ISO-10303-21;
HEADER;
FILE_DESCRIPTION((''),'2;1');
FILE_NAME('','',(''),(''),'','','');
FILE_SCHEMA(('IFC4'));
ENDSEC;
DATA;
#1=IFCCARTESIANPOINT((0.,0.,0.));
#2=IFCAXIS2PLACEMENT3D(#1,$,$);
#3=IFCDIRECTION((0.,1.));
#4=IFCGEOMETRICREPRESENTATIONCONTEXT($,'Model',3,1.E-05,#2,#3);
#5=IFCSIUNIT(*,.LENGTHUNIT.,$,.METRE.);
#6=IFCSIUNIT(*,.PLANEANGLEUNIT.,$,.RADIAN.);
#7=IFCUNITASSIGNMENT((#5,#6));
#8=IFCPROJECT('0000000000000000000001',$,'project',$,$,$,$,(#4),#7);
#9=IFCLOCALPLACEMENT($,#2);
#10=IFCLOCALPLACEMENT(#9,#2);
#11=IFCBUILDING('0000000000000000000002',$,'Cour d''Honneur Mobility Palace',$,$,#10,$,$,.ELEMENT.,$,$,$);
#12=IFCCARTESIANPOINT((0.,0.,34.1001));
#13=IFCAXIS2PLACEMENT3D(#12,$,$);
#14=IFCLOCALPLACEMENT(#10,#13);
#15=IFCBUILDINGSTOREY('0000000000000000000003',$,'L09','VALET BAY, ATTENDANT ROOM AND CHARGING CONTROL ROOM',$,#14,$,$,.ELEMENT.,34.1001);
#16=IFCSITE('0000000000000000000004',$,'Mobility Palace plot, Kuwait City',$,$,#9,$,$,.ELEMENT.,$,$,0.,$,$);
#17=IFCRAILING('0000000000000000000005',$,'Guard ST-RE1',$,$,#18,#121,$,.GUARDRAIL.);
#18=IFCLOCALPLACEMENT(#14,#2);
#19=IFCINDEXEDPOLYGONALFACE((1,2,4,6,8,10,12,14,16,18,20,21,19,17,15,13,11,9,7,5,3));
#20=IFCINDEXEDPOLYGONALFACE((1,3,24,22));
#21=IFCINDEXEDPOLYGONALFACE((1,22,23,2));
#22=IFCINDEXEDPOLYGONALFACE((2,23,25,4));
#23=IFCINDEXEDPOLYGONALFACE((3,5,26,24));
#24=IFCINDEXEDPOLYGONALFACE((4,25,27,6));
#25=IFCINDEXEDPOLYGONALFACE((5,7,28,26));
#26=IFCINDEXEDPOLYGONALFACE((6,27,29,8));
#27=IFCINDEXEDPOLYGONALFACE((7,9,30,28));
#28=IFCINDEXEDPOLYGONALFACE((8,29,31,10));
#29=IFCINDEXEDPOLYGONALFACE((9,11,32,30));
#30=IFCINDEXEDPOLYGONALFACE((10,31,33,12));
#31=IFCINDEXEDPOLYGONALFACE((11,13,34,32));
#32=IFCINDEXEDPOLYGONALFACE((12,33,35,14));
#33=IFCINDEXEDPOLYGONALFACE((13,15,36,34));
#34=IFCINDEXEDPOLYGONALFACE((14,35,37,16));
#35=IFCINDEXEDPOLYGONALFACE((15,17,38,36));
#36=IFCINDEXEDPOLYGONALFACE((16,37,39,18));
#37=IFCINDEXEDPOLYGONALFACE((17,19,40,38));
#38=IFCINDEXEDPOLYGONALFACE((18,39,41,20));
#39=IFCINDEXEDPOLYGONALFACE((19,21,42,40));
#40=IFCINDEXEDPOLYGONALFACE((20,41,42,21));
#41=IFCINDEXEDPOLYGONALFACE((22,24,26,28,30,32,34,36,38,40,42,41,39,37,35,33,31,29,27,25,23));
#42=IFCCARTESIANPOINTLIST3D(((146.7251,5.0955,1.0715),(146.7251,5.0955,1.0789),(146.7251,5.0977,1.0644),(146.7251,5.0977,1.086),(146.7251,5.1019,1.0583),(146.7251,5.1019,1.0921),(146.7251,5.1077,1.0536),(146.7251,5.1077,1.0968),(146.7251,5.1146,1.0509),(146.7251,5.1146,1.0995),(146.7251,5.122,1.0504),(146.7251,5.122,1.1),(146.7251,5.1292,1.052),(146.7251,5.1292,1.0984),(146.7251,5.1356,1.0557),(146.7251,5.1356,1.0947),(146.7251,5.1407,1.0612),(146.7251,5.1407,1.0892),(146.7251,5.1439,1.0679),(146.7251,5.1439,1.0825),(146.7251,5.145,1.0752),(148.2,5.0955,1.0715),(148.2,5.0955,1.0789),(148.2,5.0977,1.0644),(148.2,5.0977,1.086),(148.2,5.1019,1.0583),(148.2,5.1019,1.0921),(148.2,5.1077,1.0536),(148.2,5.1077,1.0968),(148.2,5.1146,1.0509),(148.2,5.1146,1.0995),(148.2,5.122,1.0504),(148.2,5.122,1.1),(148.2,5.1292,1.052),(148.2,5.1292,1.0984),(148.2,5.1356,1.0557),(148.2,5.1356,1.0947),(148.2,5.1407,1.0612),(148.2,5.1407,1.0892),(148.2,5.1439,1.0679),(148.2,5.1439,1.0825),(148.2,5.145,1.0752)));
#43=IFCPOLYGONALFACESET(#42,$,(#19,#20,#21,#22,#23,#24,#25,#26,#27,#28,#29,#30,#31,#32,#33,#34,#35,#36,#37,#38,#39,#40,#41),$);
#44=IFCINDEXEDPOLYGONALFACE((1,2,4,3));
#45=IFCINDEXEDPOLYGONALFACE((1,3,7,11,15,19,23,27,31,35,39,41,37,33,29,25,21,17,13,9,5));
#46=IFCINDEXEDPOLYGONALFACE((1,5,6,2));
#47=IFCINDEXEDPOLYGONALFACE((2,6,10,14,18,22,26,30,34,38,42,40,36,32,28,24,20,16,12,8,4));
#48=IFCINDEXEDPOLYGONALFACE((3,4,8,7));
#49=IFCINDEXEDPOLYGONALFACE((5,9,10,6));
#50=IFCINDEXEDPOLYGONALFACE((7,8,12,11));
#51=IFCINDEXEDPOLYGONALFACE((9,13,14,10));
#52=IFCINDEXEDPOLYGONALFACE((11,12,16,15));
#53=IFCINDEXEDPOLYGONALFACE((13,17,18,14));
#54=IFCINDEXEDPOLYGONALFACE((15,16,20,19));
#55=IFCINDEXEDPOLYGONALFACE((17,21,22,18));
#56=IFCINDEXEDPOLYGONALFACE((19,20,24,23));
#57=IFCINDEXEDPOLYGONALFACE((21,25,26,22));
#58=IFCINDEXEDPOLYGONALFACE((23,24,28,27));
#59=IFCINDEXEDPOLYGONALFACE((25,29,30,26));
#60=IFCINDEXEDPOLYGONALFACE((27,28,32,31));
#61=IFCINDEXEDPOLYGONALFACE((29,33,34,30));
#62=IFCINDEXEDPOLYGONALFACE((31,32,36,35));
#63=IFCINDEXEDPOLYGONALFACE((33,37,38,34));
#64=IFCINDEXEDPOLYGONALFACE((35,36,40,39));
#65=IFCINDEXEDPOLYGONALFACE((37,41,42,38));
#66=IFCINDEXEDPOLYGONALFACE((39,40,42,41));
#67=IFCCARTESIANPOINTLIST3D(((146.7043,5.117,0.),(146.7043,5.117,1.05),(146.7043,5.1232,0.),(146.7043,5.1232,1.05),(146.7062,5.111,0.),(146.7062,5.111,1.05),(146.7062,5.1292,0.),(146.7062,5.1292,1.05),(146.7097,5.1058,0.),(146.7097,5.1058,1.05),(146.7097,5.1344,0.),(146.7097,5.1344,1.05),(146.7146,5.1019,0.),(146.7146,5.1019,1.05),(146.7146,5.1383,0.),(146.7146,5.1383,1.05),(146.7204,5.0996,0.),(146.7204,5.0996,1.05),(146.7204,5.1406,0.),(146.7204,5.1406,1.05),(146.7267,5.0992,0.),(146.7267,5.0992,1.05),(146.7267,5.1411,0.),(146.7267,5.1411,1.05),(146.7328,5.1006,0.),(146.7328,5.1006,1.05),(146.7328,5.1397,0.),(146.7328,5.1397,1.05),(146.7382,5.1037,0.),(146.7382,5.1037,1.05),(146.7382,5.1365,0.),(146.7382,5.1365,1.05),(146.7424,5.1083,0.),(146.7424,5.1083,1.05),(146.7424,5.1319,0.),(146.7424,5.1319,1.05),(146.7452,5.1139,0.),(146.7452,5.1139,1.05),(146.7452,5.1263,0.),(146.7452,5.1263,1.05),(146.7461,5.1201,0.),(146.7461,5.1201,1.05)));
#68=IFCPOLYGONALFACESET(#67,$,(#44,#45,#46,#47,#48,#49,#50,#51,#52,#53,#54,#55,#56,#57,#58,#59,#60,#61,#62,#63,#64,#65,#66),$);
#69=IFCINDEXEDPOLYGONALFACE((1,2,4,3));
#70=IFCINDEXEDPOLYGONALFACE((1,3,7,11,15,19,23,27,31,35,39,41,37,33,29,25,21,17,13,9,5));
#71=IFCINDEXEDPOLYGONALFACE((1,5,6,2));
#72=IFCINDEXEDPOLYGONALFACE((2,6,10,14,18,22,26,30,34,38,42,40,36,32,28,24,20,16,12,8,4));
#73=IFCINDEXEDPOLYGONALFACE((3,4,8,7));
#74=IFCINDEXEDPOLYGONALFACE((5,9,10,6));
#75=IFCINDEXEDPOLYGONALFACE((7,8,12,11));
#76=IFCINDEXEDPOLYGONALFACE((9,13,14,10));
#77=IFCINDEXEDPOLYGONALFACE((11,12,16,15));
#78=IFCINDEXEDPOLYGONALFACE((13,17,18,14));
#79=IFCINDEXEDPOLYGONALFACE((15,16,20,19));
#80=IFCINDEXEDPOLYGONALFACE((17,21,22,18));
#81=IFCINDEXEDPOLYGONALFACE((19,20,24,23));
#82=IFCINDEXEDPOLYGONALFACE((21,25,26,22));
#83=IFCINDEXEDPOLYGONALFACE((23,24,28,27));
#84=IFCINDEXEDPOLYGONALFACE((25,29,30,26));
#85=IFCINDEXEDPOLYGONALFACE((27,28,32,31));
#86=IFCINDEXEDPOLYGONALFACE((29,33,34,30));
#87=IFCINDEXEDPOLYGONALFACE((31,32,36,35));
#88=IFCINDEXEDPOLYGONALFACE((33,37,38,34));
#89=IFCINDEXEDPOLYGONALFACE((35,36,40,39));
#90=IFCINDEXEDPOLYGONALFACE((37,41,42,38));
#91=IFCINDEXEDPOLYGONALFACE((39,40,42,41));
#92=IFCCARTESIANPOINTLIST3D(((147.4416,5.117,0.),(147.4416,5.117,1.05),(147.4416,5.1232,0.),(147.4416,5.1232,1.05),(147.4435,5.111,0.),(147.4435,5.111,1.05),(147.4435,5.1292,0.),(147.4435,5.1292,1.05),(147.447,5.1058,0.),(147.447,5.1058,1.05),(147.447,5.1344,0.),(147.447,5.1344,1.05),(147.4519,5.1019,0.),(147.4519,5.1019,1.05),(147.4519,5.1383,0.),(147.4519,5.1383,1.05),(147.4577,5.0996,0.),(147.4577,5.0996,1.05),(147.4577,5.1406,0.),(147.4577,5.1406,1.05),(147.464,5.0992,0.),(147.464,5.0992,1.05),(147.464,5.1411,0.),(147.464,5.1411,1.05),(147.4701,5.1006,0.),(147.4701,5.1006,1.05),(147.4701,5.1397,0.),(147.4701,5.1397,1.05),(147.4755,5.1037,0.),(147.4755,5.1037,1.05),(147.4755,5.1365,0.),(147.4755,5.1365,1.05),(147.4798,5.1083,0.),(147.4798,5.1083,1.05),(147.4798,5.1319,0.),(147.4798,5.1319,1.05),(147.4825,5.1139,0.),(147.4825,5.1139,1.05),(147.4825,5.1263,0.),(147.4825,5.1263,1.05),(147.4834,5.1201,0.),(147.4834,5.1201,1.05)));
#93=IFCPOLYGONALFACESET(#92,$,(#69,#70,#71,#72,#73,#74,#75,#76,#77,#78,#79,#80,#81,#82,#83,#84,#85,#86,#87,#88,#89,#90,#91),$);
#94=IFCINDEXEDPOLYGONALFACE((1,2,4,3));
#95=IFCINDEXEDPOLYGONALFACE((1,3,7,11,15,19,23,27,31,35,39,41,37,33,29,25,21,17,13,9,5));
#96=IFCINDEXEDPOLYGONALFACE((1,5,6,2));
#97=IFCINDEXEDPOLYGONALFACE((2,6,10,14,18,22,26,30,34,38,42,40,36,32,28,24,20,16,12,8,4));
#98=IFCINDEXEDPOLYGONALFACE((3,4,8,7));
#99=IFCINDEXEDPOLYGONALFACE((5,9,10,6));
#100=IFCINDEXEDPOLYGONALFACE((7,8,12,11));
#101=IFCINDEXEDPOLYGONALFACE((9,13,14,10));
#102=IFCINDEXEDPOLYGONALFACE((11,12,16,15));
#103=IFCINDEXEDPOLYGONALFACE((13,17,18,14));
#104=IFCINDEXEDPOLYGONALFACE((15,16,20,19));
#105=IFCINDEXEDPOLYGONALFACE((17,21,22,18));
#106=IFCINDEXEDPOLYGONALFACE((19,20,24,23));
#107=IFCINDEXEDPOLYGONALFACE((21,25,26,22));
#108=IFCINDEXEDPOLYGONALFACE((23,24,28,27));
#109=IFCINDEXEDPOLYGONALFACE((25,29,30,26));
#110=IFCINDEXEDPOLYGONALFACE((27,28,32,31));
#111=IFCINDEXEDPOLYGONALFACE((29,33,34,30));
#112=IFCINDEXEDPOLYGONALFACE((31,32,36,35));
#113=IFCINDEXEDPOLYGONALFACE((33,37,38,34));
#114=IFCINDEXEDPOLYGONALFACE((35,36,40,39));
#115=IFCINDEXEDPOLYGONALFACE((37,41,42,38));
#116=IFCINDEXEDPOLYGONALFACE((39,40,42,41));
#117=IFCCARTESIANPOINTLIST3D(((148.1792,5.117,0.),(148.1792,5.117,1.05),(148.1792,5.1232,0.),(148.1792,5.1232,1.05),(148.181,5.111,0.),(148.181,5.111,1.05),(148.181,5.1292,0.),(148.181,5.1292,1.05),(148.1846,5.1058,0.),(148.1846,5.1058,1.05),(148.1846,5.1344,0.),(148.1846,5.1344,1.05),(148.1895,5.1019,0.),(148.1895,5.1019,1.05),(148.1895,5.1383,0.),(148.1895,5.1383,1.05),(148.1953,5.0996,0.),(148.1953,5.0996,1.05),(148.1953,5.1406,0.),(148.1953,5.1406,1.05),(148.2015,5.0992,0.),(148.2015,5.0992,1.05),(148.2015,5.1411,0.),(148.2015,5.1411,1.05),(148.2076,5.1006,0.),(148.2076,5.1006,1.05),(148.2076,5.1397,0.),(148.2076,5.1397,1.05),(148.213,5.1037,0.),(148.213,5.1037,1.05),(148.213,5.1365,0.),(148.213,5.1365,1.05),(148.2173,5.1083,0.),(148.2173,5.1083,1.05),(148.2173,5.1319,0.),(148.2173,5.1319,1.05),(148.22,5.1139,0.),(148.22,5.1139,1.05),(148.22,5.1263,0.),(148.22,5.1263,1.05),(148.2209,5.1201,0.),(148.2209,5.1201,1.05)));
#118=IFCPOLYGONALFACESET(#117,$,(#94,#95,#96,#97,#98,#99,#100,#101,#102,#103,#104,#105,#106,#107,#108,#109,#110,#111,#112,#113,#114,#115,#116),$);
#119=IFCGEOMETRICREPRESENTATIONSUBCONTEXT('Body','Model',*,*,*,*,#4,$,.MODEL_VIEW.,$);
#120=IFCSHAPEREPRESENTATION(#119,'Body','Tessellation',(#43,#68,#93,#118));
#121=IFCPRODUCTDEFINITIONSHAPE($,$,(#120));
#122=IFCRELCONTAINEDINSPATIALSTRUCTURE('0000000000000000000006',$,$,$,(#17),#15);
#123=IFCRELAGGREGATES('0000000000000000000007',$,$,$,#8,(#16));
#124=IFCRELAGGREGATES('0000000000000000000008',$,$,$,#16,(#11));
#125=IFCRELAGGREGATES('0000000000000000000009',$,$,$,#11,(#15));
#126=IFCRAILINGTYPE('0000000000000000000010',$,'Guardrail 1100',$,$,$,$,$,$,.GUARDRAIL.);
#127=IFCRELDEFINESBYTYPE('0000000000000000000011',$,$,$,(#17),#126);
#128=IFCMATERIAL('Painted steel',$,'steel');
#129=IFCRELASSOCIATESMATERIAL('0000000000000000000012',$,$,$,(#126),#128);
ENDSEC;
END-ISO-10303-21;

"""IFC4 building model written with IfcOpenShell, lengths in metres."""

from ifc_helpers import new_model, si_unit, direction, frame, origin, origin_2d, place, context, subcontext, project, spatial, circle, extrude, material, type_object, element, save


model = new_model("IFC4")

# Units and contexts
model_context = context("Model", 3, precision=1e-05, world=origin(), true_north=direction((0.0, 1.0)))
body_context = subcontext(model_context, "Body", "Model", "MODEL_VIEW")
ifc_project = project(units=[si_unit("LENGTHUNIT", "METRE"), si_unit("PLANEANGLEUNIT", "RADIAN")], contexts=[model_context])

# Site, building, storey
site_placement = place(None, origin())
site = spatial("IfcSite", under=ifc_project, at=site_placement, Name="Mobility Palace plot, Kuwait City", CompositionType="ELEMENT", RefElevation=0.0)
building_placement = place(site_placement, origin())
building = spatial("IfcBuilding", under=site, at=building_placement, Name="Cour d'Honneur Mobility Palace", CompositionType="ELEMENT")
storey_placement = place(building_placement, frame((0.0, 0.0, 34.1001)))
storey = spatial("IfcBuildingStorey", under=building, at=storey_placement, Name="L09", Description="VALET BAY, ATTENDANT ROOM AND CHARGING CONTROL ROOM", CompositionType="ELEMENT", Elevation=34.1001)

# Railing
ifc_material_1 = material(Name="Painted steel", Category="steel")
railing_type_1 = type_object("IfcRailingType", Name="Guardrail 1100", PredefinedType="GUARDRAIL", material=ifc_material_1)
railing_1_placement = place(storey_placement, frame((146.7251, 5.1201, 0.0)))
element("IfcRailing", 1, at=railing_1_placement, inside=storey, type_object=railing_type_1, Name="Guard ST-RE1", PredefinedType="GUARDRAIL", context=body_context, shape_type="SweptSolid", body=[
    extrude(circle(Radius=0.0249, at=origin_2d()), frame((0.0, 0.0, 1.0752), z_axis=(1.0, 0.0, 0.0), x_axis=(0.0, 1.0, 0.0)), (0.0, 0.0, 1.0), 1.4749),
    extrude(circle(Radius=0.021, at=origin_2d()), origin(), (0.0, 0.0, 1.0), 1.05),
    extrude(circle(Radius=0.021, at=origin_2d()), frame((0.7373, 0.0, 0.0)), (0.0, 0.0, 1.0), 1.05),
    extrude(circle(Radius=0.021, at=origin_2d()), frame((1.4749, 0.0, 0.0)), (0.0, 0.0, 1.0), 1.05),
])

save(model, "model.ifc")
